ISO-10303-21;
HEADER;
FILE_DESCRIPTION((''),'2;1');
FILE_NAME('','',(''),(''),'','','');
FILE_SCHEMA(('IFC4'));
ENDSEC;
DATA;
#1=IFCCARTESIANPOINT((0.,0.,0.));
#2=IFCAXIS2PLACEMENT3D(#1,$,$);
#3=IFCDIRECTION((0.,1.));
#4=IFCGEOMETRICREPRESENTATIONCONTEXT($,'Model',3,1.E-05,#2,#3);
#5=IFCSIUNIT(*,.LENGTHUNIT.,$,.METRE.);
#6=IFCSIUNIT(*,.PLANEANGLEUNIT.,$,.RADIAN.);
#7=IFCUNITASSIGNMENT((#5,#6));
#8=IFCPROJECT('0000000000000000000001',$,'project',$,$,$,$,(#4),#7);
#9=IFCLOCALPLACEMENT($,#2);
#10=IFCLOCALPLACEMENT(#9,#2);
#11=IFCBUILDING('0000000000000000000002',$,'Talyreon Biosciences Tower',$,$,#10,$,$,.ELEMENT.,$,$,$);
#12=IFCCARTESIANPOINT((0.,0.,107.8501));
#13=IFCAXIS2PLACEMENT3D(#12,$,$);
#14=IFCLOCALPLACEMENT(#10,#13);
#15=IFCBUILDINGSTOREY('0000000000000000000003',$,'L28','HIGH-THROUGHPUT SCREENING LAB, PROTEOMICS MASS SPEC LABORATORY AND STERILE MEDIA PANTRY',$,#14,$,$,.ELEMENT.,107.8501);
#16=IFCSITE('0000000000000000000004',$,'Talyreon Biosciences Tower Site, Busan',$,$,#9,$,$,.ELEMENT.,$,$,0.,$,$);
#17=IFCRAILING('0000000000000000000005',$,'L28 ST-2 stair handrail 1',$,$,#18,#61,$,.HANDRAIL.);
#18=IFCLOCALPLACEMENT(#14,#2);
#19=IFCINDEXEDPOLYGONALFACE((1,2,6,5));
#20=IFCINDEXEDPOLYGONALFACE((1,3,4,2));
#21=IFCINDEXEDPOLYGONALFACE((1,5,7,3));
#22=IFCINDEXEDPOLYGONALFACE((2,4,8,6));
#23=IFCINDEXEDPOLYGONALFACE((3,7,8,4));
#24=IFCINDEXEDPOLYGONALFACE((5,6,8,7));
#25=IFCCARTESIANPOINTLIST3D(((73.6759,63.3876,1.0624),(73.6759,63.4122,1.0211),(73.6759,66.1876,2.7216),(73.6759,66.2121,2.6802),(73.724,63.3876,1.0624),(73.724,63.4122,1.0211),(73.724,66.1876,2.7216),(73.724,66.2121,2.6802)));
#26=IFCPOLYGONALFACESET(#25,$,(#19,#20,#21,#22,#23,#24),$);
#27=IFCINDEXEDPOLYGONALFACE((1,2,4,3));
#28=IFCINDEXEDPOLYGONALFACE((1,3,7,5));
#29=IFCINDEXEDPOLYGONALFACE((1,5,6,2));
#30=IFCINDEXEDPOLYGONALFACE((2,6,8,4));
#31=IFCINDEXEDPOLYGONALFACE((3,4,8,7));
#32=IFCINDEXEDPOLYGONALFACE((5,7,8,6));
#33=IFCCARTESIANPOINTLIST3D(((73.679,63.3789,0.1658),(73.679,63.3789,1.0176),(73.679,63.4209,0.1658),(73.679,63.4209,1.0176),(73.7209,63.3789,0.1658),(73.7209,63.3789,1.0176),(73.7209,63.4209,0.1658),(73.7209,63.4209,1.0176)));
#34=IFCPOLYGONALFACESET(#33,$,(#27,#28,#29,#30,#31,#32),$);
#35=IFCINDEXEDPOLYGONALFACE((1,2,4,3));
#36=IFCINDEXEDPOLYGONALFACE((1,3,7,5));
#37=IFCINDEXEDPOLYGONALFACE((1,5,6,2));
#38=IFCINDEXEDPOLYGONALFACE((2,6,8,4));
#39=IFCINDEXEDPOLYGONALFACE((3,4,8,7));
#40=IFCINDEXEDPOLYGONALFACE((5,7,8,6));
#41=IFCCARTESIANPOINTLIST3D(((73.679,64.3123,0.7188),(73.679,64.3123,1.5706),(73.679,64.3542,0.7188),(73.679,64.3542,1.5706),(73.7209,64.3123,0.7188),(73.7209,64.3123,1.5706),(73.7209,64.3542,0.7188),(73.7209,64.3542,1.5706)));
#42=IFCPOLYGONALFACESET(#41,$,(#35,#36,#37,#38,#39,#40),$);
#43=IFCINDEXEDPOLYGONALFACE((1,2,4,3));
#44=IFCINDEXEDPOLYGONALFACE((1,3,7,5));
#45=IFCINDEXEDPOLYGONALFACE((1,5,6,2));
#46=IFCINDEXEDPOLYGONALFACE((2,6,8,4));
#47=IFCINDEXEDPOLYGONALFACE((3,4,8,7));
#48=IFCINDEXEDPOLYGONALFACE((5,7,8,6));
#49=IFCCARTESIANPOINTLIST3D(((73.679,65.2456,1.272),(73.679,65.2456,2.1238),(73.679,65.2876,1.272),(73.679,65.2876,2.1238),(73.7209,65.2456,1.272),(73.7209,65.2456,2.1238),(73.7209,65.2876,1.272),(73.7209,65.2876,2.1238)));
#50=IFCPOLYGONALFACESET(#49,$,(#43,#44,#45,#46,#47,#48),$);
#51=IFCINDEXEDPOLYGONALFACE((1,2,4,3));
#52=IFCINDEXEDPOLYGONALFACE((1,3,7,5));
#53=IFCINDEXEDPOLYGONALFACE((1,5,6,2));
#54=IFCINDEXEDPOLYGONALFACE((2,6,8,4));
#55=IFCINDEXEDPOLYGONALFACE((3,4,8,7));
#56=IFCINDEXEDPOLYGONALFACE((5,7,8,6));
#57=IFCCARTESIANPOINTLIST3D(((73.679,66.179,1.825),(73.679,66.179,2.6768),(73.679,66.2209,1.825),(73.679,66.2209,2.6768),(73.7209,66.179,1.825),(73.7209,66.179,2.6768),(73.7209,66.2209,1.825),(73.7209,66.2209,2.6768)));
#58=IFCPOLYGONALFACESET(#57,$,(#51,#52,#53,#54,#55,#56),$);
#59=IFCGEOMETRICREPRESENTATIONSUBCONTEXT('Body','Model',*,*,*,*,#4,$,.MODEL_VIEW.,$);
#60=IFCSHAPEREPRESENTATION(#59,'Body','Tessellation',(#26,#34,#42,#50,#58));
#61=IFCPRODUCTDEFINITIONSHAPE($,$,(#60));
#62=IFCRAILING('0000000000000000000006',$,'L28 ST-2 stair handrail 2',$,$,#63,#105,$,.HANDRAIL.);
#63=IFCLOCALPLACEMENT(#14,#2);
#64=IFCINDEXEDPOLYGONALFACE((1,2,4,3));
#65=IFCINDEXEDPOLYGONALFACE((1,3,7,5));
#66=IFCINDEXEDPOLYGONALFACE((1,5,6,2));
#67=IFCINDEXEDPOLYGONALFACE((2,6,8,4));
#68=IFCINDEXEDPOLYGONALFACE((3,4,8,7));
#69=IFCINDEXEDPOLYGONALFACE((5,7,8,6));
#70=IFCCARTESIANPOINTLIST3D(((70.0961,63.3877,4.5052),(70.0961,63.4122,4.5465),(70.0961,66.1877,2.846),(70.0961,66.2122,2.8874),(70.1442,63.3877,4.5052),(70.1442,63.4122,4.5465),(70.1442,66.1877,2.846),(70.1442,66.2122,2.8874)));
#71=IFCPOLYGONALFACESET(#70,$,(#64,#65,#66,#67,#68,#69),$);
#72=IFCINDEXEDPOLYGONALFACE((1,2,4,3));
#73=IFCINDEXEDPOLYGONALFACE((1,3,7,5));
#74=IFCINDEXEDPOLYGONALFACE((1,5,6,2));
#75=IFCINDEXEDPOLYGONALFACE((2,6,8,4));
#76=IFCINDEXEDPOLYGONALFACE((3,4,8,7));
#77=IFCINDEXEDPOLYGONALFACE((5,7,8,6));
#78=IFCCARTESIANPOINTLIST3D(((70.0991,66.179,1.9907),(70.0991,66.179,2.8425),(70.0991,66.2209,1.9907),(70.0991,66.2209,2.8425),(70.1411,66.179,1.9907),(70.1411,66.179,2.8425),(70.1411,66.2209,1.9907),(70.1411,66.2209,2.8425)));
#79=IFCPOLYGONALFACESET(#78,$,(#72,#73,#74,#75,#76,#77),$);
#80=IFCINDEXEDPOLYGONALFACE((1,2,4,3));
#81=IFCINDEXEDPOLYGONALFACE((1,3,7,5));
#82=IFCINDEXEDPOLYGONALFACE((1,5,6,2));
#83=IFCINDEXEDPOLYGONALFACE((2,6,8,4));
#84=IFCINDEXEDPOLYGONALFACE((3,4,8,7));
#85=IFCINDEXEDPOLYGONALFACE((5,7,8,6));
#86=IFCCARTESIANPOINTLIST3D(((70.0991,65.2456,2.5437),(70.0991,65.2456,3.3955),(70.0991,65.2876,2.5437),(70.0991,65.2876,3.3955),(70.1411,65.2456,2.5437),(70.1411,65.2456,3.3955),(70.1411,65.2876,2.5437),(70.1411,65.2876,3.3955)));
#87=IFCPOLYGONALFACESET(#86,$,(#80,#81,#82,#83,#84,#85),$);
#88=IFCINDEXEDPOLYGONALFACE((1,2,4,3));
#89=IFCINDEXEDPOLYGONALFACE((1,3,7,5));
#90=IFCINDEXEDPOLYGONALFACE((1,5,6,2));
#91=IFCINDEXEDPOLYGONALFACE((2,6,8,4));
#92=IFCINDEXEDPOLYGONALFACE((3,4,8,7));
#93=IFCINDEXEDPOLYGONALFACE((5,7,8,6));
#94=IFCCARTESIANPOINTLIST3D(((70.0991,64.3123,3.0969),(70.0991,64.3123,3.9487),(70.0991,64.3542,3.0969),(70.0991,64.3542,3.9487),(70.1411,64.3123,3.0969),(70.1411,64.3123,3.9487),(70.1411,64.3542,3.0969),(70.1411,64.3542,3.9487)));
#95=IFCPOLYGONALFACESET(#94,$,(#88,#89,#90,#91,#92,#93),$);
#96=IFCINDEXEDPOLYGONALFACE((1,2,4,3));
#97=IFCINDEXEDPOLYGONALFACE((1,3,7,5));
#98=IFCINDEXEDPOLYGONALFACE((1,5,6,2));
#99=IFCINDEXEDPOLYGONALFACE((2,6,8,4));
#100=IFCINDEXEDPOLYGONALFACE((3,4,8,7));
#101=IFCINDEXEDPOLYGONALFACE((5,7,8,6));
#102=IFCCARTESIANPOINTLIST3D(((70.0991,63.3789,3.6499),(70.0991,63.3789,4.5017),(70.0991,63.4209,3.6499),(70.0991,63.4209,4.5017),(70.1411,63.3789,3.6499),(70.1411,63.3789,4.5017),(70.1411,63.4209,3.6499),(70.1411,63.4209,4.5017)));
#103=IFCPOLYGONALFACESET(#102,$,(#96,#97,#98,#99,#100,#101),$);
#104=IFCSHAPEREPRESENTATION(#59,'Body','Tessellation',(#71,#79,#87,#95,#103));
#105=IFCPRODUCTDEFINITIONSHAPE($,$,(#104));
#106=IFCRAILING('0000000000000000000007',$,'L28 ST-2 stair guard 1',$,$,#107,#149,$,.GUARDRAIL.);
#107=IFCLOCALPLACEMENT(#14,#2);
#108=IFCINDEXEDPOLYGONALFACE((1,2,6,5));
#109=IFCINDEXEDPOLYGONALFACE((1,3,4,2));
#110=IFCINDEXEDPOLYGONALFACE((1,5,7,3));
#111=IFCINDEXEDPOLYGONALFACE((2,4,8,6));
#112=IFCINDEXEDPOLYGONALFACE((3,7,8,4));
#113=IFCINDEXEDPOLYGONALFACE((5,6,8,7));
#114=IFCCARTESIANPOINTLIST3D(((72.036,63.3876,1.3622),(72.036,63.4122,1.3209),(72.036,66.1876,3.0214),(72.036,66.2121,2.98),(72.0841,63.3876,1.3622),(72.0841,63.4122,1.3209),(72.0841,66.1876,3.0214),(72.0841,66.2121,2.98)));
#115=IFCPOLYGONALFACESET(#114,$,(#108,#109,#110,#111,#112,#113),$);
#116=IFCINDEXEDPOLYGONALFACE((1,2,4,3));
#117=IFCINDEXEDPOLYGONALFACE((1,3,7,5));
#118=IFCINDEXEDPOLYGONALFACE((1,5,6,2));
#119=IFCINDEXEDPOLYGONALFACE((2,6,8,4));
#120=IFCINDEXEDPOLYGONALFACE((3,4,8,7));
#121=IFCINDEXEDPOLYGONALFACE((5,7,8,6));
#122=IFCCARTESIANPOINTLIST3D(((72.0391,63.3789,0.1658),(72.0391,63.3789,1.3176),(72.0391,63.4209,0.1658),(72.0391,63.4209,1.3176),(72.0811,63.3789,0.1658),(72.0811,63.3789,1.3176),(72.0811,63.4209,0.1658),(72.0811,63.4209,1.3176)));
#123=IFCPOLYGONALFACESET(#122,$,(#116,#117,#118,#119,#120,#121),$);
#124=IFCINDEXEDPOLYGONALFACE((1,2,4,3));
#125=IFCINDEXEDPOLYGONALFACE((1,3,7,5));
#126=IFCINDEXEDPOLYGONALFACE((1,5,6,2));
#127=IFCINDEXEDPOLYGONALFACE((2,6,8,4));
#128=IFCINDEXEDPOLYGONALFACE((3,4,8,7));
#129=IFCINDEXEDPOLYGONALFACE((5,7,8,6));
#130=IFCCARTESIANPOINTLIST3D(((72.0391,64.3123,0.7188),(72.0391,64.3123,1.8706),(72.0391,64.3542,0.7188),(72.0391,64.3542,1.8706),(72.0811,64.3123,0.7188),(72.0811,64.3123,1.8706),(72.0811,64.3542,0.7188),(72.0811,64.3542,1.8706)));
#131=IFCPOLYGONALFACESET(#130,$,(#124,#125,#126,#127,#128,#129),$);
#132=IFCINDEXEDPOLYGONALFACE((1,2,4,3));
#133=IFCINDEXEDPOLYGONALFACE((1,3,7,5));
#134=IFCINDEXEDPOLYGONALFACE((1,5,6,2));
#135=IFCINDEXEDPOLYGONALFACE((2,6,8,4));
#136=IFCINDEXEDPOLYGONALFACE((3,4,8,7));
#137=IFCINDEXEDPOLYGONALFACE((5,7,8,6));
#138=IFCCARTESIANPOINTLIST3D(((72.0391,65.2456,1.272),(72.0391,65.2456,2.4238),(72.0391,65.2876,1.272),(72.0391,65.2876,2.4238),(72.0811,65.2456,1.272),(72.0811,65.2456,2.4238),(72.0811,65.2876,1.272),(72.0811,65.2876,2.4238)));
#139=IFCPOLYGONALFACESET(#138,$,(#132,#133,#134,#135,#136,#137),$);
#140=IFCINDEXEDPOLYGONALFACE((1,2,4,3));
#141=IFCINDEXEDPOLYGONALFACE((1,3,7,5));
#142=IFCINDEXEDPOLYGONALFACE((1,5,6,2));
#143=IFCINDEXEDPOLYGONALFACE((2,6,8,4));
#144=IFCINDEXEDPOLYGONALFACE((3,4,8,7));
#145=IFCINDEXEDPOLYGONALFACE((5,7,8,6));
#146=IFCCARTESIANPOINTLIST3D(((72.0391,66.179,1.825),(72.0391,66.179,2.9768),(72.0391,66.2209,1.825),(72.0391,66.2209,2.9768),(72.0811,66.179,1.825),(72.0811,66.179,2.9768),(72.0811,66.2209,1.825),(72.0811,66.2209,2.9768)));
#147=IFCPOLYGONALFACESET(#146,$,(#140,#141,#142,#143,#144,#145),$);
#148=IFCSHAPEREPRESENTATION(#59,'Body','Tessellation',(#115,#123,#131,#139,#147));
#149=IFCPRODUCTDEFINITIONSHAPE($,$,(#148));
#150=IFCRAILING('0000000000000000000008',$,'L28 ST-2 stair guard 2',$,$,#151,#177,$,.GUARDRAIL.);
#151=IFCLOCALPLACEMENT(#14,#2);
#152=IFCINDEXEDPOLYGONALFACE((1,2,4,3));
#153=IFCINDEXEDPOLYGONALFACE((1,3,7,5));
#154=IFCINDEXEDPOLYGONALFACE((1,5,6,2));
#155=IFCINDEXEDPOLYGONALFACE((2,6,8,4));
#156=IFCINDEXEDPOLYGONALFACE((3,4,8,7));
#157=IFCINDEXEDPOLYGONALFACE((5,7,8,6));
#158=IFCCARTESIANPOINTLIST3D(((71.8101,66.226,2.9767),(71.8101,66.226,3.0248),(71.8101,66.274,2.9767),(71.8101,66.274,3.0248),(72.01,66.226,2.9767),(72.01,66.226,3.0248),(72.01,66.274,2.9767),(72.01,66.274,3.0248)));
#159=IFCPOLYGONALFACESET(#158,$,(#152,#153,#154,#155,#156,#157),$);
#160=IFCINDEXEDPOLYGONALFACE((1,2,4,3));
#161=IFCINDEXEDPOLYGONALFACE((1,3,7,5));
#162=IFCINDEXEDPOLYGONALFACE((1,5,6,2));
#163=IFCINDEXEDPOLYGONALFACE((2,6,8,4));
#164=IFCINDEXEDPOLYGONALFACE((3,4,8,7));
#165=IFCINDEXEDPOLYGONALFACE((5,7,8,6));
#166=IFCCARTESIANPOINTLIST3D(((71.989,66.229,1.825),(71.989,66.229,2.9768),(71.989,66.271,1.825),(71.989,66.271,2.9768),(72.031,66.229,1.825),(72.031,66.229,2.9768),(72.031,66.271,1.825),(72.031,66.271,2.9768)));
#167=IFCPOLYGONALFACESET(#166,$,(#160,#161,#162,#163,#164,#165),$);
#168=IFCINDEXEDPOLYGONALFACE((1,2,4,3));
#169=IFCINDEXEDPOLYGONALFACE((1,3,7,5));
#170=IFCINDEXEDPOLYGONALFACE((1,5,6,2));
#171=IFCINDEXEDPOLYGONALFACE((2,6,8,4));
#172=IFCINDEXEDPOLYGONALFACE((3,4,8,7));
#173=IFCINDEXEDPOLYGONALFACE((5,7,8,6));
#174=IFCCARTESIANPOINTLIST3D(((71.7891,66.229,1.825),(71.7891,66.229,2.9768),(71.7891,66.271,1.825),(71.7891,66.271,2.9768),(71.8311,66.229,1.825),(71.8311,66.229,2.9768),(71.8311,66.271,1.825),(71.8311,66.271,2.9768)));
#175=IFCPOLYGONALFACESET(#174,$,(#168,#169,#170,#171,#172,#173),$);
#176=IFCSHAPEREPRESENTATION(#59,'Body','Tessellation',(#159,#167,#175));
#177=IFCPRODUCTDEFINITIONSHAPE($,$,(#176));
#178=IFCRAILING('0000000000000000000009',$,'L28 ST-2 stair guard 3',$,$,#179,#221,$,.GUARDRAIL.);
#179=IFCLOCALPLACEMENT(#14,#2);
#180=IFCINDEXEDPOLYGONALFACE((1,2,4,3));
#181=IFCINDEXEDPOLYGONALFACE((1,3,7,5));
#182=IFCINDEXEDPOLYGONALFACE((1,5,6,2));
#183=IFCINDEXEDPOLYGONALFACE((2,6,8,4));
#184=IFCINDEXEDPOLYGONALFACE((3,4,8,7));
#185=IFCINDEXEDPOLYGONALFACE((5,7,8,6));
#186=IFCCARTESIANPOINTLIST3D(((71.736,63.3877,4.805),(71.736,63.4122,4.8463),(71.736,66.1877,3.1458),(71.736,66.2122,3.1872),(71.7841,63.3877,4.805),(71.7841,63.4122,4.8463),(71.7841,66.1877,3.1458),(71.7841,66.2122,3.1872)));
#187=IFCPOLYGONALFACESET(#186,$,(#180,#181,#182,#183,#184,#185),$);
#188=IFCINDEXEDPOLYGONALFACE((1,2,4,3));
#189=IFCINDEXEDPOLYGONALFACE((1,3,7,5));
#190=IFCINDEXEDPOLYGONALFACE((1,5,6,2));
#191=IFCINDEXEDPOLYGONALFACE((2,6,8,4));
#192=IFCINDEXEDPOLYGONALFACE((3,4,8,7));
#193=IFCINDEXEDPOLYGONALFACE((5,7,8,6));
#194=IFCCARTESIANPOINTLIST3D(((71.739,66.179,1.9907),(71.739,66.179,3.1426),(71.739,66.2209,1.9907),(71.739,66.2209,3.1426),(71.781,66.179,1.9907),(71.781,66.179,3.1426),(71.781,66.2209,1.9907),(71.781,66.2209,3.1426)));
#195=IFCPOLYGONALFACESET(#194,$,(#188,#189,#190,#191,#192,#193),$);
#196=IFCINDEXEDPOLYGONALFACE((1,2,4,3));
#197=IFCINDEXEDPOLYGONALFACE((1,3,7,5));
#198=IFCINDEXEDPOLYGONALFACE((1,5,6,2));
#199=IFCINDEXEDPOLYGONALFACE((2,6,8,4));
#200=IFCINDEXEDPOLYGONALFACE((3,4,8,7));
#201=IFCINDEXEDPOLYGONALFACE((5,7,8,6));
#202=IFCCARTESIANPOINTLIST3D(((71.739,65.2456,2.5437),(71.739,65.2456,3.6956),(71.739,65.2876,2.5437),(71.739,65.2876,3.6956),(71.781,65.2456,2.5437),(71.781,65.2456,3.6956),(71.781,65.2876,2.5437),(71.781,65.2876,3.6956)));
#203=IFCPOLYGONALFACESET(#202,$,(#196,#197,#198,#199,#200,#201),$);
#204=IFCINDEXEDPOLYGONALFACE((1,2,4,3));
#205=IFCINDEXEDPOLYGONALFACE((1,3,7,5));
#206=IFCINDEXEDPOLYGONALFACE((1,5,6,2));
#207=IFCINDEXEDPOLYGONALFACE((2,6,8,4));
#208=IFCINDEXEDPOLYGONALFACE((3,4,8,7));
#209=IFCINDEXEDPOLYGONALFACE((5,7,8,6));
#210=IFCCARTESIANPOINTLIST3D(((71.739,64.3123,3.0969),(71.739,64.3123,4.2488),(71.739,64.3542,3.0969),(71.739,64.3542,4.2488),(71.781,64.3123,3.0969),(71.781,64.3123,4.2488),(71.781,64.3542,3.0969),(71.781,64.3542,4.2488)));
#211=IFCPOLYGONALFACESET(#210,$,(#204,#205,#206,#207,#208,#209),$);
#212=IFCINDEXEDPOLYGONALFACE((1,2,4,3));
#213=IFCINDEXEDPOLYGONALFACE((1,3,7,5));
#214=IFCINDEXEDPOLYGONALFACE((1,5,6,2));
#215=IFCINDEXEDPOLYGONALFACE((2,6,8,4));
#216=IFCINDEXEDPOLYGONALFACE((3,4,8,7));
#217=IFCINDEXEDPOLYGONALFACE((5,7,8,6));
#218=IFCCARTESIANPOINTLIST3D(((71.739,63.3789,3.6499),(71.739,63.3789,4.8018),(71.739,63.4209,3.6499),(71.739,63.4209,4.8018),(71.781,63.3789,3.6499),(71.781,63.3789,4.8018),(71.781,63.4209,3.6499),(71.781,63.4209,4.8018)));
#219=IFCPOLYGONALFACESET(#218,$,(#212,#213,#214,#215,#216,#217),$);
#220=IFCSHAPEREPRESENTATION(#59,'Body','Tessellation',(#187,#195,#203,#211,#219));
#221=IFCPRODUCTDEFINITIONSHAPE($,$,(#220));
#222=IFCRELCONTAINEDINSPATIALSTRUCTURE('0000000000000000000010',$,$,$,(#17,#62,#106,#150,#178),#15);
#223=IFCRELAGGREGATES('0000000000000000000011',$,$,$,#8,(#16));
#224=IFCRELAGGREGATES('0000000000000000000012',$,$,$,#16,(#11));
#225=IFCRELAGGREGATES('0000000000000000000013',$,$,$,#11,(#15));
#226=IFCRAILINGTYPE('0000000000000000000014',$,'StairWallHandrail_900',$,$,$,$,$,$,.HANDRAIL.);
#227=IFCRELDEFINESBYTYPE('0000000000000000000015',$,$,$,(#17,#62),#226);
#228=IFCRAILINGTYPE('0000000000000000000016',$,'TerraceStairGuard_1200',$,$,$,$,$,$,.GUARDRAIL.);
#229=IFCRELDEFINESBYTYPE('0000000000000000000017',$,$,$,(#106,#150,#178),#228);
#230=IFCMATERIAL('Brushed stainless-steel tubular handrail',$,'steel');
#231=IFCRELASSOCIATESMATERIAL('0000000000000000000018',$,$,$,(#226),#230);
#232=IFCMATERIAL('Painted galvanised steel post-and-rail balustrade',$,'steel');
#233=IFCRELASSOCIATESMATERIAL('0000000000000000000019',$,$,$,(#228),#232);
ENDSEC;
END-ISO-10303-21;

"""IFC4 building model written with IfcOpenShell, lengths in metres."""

from ifc_helpers import new_model, si_unit, direction, frame, origin, origin_2d, place, context, subcontext, project, spatial, rectangle, extrude, material, type_object, element, save


model = new_model("IFC4")

# Units and contexts
model_context = context("Model", 3, precision=1e-05, world=origin(), true_north=direction((0.0, 1.0)))
body_context = subcontext(model_context, "Body", "Model", "MODEL_VIEW")
ifc_project = project(units=[si_unit("LENGTHUNIT", "METRE"), si_unit("PLANEANGLEUNIT", "RADIAN")], contexts=[model_context])

# Site, building, storey
site_placement = place(None, origin())
site = spatial("IfcSite", under=ifc_project, at=site_placement, Name="Talyreon Biosciences Tower Site, Busan", CompositionType="ELEMENT", RefElevation=0.0)
building_placement = place(site_placement, origin())
building = spatial("IfcBuilding", under=site, at=building_placement, Name="Talyreon Biosciences Tower", CompositionType="ELEMENT")
storey_placement = place(building_placement, frame((0.0, 0.0, 107.8501)))
storey = spatial("IfcBuildingStorey", under=building, at=storey_placement, Name="L28", Description="HIGH-THROUGHPUT SCREENING LAB, PROTEOMICS MASS SPEC LABORATORY AND STERILE MEDIA PANTRY", CompositionType="ELEMENT", Elevation=107.8501)

# Railings
ifc_material_1 = material(Name="Brushed stainless-steel tubular handrail", Category="steel")
railing_type_1 = type_object("IfcRailingType", Name="StairWallHandrail_900", PredefinedType="HANDRAIL", material=ifc_material_1)
railing_1_placement = place(storey_placement, frame((73.7, 63.3999, 0.1658)))
element("IfcRailing", 1, at=railing_1_placement, inside=storey, type_object=railing_type_1, Name="L28 ST-2 stair handrail 1", PredefinedType="HANDRAIL", context=body_context, shape_type="SweptSolid", body=[
    extrude(rectangle(XDim=0.0481, YDim=0.0481, at=origin_2d()), frame((0.0, 0.0, 0.876), z_axis=(0.0, 0.860306, 0.509778), x_axis=(-1.0, 0.0, 0.0)), (0.0, 0.0, 1.0), 3.2546),
    extrude(rectangle(XDim=0.042, YDim=0.042, at=origin_2d()), origin(), (0.0, 0.0, 1.0), 0.8518),
    extrude(rectangle(XDim=0.042, YDim=0.042, at=origin_2d()), frame((0.0, 0.9333, 0.553)), (0.0, 0.0, 1.0), 0.8518),
    extrude(rectangle(XDim=0.042, YDim=0.042, at=origin_2d()), frame((0.0, 1.8667, 1.1062)), (0.0, 0.0, 1.0), 0.8518),
    extrude(rectangle(XDim=0.042, YDim=0.042, at=origin_2d()), frame((0.0, 2.8, 1.6592)), (0.0, 0.0, 1.0), 0.8518),
])
railing_2_placement = place(storey_placement, frame((70.1201, 66.2, 1.9907)))
element("IfcRailing", 2, at=railing_2_placement, inside=storey, type_object=railing_type_1, Name="L28 ST-2 stair handrail 2", PredefinedType="HANDRAIL", context=body_context, shape_type="SweptSolid", body=[
    extrude(rectangle(XDim=0.0481, YDim=0.0481, at=origin_2d()), frame((0.0, 0.0, 0.876), z_axis=(0.0, -0.860306, 0.509778), x_axis=(1.0, 0.0, 0.0)), (0.0, 0.0, 1.0), 3.2546),
    extrude(rectangle(XDim=0.042, YDim=0.042, at=origin_2d()), origin(), (0.0, 0.0, 1.0), 0.8518),
    extrude(rectangle(XDim=0.042, YDim=0.042, at=origin_2d()), frame((0.0, -0.9333, 0.553)), (0.0, 0.0, 1.0), 0.8518),
    extrude(rectangle(XDim=0.042, YDim=0.042, at=origin_2d()), frame((0.0, -1.8667, 1.1062)), (0.0, 0.0, 1.0), 0.8518),
    extrude(rectangle(XDim=0.042, YDim=0.042, at=origin_2d()), frame((0.0, -2.8, 1.6592)), (0.0, 0.0, 1.0), 0.8518),
])
ifc_material_2 = material(Name="Painted galvanised steel post-and-rail balustrade", Category="steel")
railing_type_2 = type_object("IfcRailingType", Name="TerraceStairGuard_1200", PredefinedType="GUARDRAIL", material=ifc_material_2)
railing_3_placement = place(storey_placement, frame((72.0601, 63.3999, 0.1658)))
element("IfcRailing", 3, at=railing_3_placement, inside=storey, type_object=railing_type_2, Name="L28 ST-2 stair guard 1", PredefinedType="GUARDRAIL", context=body_context, shape_type="SweptSolid", body=[
    extrude(rectangle(XDim=0.0481, YDim=0.0481, at=origin_2d()), frame((0.0, 0.0, 1.1758), z_axis=(0.0, 0.860306, 0.509778), x_axis=(-1.0, 0.0, 0.0)), (0.0, 0.0, 1.0), 3.2546),
    extrude(rectangle(XDim=0.042, YDim=0.042, at=origin_2d()), origin(), (0.0, 0.0, 1.0), 1.1519),
    extrude(rectangle(XDim=0.042, YDim=0.042, at=origin_2d()), frame((0.0, 0.9333, 0.553)), (0.0, 0.0, 1.0), 1.1519),
    extrude(rectangle(XDim=0.042, YDim=0.042, at=origin_2d()), frame((0.0, 1.8667, 1.1062)), (0.0, 0.0, 1.0), 1.1519),
    extrude(rectangle(XDim=0.042, YDim=0.042, at=origin_2d()), frame((0.0, 2.8, 1.6592)), (0.0, 0.0, 1.0), 1.1519),
])
railing_4_placement = place(storey_placement, frame((72.01, 66.25, 1.825)))
element("IfcRailing", 4, at=railing_4_placement, inside=storey, type_object=railing_type_2, Name="L28 ST-2 stair guard 2", PredefinedType="GUARDRAIL", context=body_context, shape_type="SweptSolid", body=[
    extrude(rectangle(XDim=0.0481, YDim=0.0481, at=origin_2d()), frame((0.0, 0.0, 1.1758), z_axis=(-1.0, 0.0, 0.0), x_axis=(0.0, -1.0, 0.0)), (0.0, 0.0, 1.0), 0.2),
    extrude(rectangle(XDim=0.042, YDim=0.042, at=origin_2d()), origin(), (0.0, 0.0, 1.0), 1.1519),
    extrude(rectangle(XDim=0.042, YDim=0.042, at=origin_2d()), frame((-0.2, 0.0, 0.0)), (0.0, 0.0, 1.0), 1.1519),
])
railing_5_placement = place(storey_placement, frame((71.76, 66.2, 1.9907)))
element("IfcRailing", 5, at=railing_5_placement, inside=storey, type_object=railing_type_2, Name="L28 ST-2 stair guard 3", PredefinedType="GUARDRAIL", context=body_context, shape_type="SweptSolid", body=[
    extrude(rectangle(XDim=0.0481, YDim=0.0481, at=origin_2d()), frame((0.0, 0.0, 1.1758), z_axis=(0.0, -0.860306, 0.509778), x_axis=(1.0, 0.0, 0.0)), (0.0, 0.0, 1.0), 3.2546),
    extrude(rectangle(XDim=0.042, YDim=0.042, at=origin_2d()), origin(), (0.0, 0.0, 1.0), 1.1519),
    extrude(rectangle(XDim=0.042, YDim=0.042, at=origin_2d()), frame((0.0, -0.9333, 0.553)), (0.0, 0.0, 1.0), 1.1519),
    extrude(rectangle(XDim=0.042, YDim=0.042, at=origin_2d()), frame((0.0, -1.8667, 1.1062)), (0.0, 0.0, 1.0), 1.1519),
    extrude(rectangle(XDim=0.042, YDim=0.042, at=origin_2d()), frame((0.0, -2.8, 1.6592)), (0.0, 0.0, 1.0), 1.1519),
])

save(model, "model.ifc")
